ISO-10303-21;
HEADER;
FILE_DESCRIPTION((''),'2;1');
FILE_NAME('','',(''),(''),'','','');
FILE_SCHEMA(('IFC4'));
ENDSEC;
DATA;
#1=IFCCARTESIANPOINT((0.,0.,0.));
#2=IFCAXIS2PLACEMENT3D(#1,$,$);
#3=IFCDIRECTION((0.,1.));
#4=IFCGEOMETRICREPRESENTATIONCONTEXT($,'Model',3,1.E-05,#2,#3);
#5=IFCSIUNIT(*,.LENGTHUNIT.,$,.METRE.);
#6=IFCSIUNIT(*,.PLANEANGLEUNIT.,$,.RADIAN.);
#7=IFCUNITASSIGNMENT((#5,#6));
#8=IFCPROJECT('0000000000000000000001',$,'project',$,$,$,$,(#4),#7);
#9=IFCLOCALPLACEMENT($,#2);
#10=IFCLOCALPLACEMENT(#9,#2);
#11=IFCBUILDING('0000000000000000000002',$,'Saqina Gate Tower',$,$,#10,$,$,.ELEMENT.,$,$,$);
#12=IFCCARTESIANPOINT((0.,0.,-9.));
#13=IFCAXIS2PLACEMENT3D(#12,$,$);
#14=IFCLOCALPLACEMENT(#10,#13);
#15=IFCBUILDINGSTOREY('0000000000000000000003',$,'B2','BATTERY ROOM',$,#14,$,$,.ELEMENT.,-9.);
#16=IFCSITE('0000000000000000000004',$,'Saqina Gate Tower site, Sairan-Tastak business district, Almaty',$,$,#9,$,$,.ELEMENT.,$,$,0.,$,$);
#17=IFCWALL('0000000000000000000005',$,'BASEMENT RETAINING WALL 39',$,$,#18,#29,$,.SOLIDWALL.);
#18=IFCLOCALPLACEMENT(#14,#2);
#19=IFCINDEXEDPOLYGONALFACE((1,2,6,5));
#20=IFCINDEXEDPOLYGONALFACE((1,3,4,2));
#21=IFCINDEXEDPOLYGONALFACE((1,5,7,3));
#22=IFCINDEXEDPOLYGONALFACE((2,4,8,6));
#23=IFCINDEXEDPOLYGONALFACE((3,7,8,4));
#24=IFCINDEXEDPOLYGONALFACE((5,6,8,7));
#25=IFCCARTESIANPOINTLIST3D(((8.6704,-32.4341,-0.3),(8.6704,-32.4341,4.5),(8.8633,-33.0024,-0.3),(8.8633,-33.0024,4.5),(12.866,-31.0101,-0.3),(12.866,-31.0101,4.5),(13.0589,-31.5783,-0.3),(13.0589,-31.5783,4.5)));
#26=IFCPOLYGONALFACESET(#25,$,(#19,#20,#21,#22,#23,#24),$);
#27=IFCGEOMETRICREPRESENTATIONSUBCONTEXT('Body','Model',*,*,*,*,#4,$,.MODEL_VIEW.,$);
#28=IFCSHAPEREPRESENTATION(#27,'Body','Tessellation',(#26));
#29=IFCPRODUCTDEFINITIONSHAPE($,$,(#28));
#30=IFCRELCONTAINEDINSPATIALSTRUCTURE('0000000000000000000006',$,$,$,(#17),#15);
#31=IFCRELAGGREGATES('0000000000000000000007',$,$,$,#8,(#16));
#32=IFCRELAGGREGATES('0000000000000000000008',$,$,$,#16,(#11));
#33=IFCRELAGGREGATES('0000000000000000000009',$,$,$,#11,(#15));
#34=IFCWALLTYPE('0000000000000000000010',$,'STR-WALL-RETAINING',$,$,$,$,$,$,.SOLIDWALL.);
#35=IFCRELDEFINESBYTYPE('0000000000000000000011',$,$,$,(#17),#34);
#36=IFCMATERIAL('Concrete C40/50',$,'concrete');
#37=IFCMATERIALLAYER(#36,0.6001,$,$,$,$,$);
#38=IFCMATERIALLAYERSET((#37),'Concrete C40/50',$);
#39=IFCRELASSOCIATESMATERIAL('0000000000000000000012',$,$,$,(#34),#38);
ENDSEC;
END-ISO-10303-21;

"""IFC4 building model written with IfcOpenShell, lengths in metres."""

from ifc_helpers import new_model, si_unit, direction, frame, frame_2d, origin, place, context, subcontext, project, spatial, rectangle, extrude, material, layer, layer_set, type_object, element, save


model = new_model("IFC4")

# Units and contexts
model_context = context("Model", 3, precision=1e-05, world=origin(), true_north=direction((0.0, 1.0)))
body_context = subcontext(model_context, "Body", "Model", "MODEL_VIEW")
ifc_project = project(units=[si_unit("LENGTHUNIT", "METRE"), si_unit("PLANEANGLEUNIT", "RADIAN")], contexts=[model_context])

# Site, building, storey
site_placement = place(None, origin())
site = spatial("IfcSite", under=ifc_project, at=site_placement, Name="Saqina Gate Tower site, Sairan-Tastak business district, Almaty", CompositionType="ELEMENT", RefElevation=0.0)
building_placement = place(site_placement, origin())
building = spatial("IfcBuilding", under=site, at=building_placement, Name="Saqina Gate Tower", CompositionType="ELEMENT")
storey_placement = place(building_placement, frame((0.0, 0.0, -9.0)))
storey = spatial("IfcBuildingStorey", under=building, at=storey_placement, Name="B2", Description="BATTERY ROOM", CompositionType="ELEMENT", Elevation=-9.0)

# Wall
ifc_material_1 = material(Name="Concrete C40/50", Category="concrete")
ifc_layer_1 = layer(ifc_material_1, 0.6001)
ifc_layer_set_1 = layer_set([ifc_layer_1], Name="Concrete C40/50")
wall_type_1 = type_object("IfcWallType", Name="STR-WALL-RETAINING", PredefinedType="SOLIDWALL", material=ifc_layer_set_1)
wall_1_placement = place(storey_placement, frame((8.7668, -32.7183, -0.3), z_axis=(0.0, 0.0, 1.0), x_axis=(0.946939, 0.321414, 0.0)))
element("IfcWall", 1, at=wall_1_placement, inside=storey, type_object=wall_type_1, Name="BASEMENT RETAINING WALL 39", PredefinedType="SOLIDWALL", context=body_context, shape_type="SweptSolid", body=[
    extrude(rectangle(XDim=4.4307, YDim=0.6001, at=frame_2d((2.2153, 0.0))), origin(), (0.0, 0.0, 1.0), 4.8),
])

save(model, "model.ifc")
